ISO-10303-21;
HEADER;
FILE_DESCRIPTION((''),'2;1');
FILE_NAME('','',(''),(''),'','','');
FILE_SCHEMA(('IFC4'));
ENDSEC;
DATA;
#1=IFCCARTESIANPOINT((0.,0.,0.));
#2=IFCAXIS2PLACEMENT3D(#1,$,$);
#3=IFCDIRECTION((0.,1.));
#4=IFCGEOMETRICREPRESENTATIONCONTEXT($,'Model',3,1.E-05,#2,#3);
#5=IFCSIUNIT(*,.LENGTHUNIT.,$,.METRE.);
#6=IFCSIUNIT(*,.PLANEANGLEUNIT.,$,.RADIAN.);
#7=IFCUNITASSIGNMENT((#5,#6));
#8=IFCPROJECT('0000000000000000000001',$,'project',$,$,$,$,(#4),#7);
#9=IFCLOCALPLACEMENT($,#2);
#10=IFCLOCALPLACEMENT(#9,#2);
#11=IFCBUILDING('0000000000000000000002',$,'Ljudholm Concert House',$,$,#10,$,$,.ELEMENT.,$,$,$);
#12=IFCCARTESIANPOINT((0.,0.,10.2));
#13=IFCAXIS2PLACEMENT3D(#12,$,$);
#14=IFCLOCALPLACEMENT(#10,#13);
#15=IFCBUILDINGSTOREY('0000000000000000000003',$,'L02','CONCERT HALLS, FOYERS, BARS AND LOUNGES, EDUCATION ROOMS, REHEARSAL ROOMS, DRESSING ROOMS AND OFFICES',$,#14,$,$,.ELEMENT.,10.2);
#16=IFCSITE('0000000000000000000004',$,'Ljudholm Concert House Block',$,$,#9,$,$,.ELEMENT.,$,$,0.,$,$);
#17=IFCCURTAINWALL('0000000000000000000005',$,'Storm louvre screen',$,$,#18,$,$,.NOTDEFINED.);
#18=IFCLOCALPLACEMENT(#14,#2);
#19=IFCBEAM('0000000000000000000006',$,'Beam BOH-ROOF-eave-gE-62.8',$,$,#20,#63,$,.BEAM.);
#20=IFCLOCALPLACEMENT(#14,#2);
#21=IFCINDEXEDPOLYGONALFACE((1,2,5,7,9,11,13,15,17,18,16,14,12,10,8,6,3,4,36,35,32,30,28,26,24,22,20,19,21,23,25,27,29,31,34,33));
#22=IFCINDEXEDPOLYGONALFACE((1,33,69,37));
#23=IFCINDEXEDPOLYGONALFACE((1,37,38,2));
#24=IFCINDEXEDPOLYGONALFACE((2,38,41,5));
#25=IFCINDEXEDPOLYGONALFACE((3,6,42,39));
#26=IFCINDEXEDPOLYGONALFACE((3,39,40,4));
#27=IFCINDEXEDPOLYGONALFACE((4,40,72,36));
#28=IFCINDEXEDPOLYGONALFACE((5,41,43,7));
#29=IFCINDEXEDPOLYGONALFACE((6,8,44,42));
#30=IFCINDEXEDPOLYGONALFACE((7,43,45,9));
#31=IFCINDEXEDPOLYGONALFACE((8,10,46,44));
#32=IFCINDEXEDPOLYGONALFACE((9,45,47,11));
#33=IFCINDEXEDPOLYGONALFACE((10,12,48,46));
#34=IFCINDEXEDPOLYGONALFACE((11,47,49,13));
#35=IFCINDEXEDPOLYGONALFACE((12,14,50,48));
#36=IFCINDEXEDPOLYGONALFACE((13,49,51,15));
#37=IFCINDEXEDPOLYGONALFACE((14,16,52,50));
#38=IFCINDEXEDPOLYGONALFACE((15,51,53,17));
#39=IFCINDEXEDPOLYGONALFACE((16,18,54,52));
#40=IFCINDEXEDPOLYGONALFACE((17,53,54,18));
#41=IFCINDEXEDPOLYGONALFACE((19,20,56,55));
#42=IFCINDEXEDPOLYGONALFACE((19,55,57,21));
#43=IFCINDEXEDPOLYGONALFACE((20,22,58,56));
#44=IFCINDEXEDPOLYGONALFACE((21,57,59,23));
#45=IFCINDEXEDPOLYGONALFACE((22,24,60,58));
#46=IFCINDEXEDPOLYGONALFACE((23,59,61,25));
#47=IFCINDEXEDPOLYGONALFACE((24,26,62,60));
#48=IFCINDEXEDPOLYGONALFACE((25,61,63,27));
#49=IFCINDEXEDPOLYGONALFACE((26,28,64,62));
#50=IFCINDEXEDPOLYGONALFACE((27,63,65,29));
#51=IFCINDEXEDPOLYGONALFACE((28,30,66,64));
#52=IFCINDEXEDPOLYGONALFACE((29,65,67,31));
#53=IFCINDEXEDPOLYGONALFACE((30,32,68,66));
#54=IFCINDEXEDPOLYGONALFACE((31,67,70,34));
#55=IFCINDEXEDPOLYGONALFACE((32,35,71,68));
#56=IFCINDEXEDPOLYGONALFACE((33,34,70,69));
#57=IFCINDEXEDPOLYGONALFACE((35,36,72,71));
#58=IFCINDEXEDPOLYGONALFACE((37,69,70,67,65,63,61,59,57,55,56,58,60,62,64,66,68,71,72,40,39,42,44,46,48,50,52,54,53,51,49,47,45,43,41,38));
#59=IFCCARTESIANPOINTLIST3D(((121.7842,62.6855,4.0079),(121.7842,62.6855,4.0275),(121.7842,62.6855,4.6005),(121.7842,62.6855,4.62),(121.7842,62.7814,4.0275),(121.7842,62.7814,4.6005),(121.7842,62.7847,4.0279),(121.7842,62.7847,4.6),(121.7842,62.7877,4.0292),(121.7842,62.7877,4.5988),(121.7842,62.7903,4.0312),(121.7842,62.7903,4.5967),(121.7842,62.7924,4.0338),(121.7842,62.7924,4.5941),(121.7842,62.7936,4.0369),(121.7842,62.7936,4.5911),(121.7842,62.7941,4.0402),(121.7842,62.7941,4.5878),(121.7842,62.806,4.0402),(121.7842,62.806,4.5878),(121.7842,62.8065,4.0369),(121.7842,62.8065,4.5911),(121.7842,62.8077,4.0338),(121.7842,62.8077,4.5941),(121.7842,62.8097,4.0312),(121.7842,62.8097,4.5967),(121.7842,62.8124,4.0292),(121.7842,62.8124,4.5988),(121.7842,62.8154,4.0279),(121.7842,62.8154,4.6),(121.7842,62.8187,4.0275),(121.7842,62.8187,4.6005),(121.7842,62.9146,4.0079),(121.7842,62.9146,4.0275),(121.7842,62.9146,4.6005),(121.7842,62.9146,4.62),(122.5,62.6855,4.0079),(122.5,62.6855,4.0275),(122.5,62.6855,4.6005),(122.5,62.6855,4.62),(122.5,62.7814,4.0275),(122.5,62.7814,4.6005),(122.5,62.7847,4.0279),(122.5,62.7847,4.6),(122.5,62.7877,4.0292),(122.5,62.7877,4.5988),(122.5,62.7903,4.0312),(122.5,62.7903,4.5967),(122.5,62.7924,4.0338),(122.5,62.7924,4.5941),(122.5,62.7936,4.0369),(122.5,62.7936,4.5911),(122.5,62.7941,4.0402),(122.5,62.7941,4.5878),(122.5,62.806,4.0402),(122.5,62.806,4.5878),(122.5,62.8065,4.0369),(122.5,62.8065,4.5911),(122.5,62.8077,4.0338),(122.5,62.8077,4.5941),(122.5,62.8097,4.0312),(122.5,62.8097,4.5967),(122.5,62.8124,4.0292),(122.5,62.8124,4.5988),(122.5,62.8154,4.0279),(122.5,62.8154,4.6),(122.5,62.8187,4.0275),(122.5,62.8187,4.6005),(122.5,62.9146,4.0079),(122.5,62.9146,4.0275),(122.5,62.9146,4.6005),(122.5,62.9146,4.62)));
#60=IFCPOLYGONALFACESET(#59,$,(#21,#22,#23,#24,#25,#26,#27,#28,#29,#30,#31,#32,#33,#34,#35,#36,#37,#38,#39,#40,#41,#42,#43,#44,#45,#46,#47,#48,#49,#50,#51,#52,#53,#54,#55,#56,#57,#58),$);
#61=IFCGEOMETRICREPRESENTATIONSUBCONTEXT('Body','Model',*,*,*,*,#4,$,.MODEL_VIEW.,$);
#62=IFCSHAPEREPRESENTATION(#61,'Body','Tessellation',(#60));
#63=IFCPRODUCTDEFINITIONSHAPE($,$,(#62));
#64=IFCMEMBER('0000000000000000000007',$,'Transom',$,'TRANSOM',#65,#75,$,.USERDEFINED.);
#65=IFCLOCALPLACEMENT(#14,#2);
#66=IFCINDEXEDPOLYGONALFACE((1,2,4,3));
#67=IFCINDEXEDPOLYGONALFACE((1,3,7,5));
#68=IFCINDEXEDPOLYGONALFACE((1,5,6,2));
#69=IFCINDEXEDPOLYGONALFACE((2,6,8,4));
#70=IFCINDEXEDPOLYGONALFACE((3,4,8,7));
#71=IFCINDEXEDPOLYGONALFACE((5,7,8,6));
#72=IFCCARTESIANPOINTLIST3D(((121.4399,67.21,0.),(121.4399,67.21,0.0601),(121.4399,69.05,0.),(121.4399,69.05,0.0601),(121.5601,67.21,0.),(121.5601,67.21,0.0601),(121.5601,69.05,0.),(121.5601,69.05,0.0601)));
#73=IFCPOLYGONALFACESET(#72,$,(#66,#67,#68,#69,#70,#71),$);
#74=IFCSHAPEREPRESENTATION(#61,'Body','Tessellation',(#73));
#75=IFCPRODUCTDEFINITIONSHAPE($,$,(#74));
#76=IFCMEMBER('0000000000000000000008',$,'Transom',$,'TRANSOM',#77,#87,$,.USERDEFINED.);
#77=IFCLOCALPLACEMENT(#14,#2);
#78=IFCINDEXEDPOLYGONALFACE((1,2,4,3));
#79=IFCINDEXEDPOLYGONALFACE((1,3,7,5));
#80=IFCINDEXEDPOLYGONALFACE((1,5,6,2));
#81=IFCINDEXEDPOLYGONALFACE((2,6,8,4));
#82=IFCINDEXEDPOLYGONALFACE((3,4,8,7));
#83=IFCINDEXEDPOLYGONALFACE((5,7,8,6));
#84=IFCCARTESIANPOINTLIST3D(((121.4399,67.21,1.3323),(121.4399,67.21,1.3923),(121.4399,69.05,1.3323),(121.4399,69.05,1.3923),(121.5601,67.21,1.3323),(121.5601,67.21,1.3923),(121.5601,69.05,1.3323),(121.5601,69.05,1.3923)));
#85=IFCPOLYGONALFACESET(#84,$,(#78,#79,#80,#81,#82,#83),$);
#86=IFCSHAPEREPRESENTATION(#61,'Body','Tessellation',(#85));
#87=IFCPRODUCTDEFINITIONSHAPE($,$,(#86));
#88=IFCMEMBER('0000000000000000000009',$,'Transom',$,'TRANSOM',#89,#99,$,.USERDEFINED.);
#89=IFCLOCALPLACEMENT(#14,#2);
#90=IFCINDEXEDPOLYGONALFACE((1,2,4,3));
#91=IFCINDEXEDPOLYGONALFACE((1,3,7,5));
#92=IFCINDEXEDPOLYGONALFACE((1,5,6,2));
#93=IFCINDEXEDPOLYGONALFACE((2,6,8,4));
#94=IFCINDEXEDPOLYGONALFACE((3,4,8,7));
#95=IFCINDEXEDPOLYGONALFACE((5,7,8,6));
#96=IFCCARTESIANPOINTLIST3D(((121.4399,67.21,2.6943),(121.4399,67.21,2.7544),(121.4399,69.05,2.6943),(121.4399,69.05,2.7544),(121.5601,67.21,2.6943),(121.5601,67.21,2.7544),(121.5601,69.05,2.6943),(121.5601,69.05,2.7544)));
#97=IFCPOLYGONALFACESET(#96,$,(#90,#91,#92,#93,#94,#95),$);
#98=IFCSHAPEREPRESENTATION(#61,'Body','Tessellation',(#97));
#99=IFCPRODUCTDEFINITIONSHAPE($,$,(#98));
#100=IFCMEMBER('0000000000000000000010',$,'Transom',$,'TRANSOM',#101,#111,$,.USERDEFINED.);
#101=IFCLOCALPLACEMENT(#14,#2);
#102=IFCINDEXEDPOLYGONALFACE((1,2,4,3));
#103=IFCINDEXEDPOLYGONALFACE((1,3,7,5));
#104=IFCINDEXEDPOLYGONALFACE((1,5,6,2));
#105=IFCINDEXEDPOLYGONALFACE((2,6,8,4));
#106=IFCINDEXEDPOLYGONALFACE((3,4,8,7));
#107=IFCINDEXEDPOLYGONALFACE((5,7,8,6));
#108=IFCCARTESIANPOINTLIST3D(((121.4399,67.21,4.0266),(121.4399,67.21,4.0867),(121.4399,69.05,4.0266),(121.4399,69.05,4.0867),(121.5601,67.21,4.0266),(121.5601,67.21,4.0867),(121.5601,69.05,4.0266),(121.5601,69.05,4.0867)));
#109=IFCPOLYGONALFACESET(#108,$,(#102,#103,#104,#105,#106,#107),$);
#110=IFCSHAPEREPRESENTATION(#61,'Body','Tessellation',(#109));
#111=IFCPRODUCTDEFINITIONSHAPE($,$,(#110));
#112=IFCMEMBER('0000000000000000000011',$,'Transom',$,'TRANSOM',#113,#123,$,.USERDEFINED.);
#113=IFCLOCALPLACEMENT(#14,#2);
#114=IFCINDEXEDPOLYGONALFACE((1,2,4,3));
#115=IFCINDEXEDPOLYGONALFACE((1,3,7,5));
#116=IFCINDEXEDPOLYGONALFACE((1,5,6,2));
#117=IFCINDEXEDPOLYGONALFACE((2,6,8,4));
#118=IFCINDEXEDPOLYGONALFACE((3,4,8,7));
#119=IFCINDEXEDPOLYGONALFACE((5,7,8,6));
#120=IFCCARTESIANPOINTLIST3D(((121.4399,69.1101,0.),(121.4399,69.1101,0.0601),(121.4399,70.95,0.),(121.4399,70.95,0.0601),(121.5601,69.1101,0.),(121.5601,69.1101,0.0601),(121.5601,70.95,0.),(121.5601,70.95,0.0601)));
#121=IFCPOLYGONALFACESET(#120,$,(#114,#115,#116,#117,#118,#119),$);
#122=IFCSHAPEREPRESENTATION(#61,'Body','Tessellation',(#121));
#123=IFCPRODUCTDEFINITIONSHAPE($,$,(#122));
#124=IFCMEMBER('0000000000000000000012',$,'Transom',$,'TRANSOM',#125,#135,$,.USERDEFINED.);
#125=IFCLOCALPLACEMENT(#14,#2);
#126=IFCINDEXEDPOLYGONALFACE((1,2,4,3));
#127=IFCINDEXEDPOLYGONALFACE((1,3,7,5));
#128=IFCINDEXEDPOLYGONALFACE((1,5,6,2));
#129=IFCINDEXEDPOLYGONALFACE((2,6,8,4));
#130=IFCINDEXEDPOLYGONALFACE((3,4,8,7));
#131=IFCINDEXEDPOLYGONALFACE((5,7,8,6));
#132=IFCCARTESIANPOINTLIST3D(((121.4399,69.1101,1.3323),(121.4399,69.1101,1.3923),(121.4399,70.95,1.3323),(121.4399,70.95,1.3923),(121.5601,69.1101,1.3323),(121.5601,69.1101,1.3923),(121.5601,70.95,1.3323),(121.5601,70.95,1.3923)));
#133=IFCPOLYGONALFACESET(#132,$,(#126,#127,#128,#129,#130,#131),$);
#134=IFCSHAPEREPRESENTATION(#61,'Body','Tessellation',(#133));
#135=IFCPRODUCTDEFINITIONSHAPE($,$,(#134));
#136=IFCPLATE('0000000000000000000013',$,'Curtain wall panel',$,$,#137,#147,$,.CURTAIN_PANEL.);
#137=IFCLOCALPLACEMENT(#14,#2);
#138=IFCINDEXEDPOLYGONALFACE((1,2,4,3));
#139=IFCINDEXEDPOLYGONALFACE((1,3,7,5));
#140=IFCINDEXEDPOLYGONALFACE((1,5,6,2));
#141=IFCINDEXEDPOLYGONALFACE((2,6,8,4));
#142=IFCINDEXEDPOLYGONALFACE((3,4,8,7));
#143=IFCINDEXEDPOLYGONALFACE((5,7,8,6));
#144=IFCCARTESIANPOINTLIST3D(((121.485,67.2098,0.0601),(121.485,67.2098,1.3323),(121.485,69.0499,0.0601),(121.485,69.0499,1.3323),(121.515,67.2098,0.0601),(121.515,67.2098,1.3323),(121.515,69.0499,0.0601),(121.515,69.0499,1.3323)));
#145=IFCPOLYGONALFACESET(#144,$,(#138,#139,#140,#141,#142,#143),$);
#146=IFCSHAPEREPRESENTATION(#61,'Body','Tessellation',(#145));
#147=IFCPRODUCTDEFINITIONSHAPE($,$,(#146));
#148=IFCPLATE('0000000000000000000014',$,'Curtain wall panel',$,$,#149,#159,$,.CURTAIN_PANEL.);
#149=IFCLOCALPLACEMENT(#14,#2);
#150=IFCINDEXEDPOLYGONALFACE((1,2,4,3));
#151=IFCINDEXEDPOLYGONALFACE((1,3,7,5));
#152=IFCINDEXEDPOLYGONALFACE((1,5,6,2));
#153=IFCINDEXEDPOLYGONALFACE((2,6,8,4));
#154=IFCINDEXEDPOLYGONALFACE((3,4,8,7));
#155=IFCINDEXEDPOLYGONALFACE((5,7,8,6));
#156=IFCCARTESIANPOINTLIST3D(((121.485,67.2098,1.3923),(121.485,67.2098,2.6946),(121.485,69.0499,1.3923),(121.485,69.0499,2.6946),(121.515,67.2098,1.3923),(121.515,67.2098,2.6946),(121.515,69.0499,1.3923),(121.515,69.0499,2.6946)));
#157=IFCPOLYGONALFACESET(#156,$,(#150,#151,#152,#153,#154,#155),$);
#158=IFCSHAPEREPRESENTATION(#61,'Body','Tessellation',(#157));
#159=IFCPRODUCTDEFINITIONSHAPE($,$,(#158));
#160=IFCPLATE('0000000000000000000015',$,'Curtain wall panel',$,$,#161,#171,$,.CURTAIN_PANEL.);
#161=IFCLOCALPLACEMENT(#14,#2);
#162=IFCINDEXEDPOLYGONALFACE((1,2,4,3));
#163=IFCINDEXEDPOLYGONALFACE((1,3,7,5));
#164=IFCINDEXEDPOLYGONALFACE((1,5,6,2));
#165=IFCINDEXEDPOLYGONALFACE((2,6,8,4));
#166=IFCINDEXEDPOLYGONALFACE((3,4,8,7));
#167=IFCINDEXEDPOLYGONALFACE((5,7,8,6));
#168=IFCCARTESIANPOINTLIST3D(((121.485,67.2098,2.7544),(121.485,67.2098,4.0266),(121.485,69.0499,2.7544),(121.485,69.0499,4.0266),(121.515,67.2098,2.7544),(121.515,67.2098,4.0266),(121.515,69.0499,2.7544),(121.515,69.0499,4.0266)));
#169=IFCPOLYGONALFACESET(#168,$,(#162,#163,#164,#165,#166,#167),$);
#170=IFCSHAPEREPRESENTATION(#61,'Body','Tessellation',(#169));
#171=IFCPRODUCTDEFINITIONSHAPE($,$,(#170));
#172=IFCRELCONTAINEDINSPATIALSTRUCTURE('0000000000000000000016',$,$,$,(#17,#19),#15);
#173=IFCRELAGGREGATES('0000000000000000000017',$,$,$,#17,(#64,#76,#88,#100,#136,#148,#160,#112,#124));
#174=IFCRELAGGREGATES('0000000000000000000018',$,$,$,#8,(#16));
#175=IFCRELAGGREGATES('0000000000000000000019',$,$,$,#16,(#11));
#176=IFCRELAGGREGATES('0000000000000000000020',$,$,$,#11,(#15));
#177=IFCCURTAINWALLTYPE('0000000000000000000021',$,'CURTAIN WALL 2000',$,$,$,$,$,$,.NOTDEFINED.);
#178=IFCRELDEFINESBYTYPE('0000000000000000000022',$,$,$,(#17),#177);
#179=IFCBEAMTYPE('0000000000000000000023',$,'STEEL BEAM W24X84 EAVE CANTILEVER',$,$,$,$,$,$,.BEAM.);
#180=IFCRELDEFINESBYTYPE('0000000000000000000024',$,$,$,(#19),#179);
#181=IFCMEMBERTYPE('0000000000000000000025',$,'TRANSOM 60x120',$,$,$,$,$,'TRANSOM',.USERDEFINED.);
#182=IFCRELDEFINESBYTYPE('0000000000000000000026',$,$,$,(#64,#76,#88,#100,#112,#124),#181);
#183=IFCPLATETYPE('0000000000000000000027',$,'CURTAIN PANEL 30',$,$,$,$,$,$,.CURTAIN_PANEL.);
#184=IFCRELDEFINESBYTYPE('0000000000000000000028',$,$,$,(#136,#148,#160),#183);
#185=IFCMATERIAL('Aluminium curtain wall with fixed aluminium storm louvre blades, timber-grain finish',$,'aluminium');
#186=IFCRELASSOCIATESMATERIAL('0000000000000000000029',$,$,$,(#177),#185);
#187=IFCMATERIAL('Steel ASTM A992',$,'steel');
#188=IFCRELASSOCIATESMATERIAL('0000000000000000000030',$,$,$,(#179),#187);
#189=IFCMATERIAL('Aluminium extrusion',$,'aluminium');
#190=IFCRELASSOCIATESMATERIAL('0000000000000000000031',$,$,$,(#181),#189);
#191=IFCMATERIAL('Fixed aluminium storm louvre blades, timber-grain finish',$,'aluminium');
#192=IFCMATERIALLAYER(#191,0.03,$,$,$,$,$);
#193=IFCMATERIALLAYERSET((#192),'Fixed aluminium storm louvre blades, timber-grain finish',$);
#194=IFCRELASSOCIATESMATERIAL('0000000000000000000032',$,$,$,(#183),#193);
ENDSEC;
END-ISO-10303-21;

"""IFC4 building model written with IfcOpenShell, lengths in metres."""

from ifc_helpers import new_model, si_unit, direction, frame, origin, origin_2d, place, context, subcontext, project, spatial, rectangle, i_section, extrude, material, layer, layer_set, material_profile, profile_set, type_object, element, aggregate, save


model = new_model("IFC4")

# Units and contexts
model_context = context("Model", 3, precision=1e-05, world=origin(), true_north=direction((0.0, 1.0)))
body_context = subcontext(model_context, "Body", "Model", "MODEL_VIEW")
ifc_project = project(units=[si_unit("LENGTHUNIT", "METRE"), si_unit("PLANEANGLEUNIT", "RADIAN")], contexts=[model_context])

# Site, building, storey
site_placement = place(None, origin())
site = spatial("IfcSite", under=ifc_project, at=site_placement, Name="Ljudholm Concert House Block", CompositionType="ELEMENT", RefElevation=0.0)
building_placement = place(site_placement, origin())
building = spatial("IfcBuilding", under=site, at=building_placement, Name="Ljudholm Concert House", CompositionType="ELEMENT")
storey_placement = place(building_placement, frame((0.0, 0.0, 10.2)))
storey = spatial("IfcBuildingStorey", under=building, at=storey_placement, Name="L02", Description="CONCERT HALLS, FOYERS, BARS AND LOUNGES, EDUCATION ROOMS, REHEARSAL ROOMS, DRESSING ROOMS AND OFFICES", CompositionType="ELEMENT", Elevation=10.2)

# Curtain wall
ifc_material_1 = material(Name="Aluminium curtain wall with fixed aluminium storm louvre blades, timber-grain finish", Category="aluminium")
curtain_wall_type = type_object("IfcCurtainWallType", Name="CURTAIN WALL 2000", PredefinedType="NOTDEFINED", material=ifc_material_1)
curtain_wall_placement = place(storey_placement, origin())
curtain_wall = element("IfcCurtainWall", 1, at=curtain_wall_placement, inside=storey, type_object=curtain_wall_type, Name="Storm louvre screen", PredefinedType="NOTDEFINED")

# Beam
ifc_material_2 = material(Name="Steel ASTM A992", Category="steel")
ifc_material_profile_1 = material_profile(ifc_material_2, i_section(OverallWidth=0.229, OverallDepth=0.6121, WebThickness=0.012, FlangeThickness=0.0195, FilletRadius=0.0127, at=origin_2d()), Name="W24X84")
ifc_profile_set_1 = profile_set([ifc_material_profile_1], Name="Steel ASTM A992")
beam_type_1 = type_object("IfcBeamType", Name="STEEL BEAM W24X84 EAVE CANTILEVER", PredefinedType="BEAM", material=ifc_profile_set_1)
for number, where, z_axis, x_axis, name in (
    (2, (121.7842, 62.8, 4.314), (1.0, 0.0, 0.0), (0.0, 1.0, 0.0), "Beam BOH-ROOF-eave-gE-62.8"),
):
    element("IfcBeam", number, at=place(storey_placement, frame(where, z_axis=z_axis, x_axis=x_axis)), inside=storey, type_object=beam_type_1, Name=name, PredefinedType="BEAM", context=body_context, shape_type="SweptSolid", body=[
        extrude(i_section(OverallWidth=0.229, OverallDepth=0.6121, WebThickness=0.012, FlangeThickness=0.0195, FilletRadius=0.0127, at=origin_2d()), origin(), (0.0, 0.0, 1.0), 0.7158),
    ])

# Members
ifc_material_3 = material(Name="Aluminium extrusion", Category="aluminium")
ifc_material_profile_2 = material_profile(ifc_material_3, rectangle(XDim=0.1201, YDim=0.0601, at=origin_2d()), Name="TRANSOM 60x120")
ifc_profile_set_2 = profile_set([ifc_material_profile_2], Name="Aluminium extrusion")
member_type_1 = type_object("IfcMemberType", Name="TRANSOM 60x120", ElementType="TRANSOM", PredefinedType="USERDEFINED", material=ifc_profile_set_2)
member_1_placement = place(storey_placement, frame((121.5, 67.21, 0.03), z_axis=(0.0, 1.0, 0.0), x_axis=(-1.0, 0.0, 0.0)))
member_1 = element("IfcMember", 3, at=member_1_placement, type_object=member_type_1, Name="Transom", ObjectType="TRANSOM", PredefinedType="USERDEFINED", context=body_context, shape_type="SweptSolid", body=[
    extrude(rectangle(XDim=0.1201, YDim=0.0601, at=origin_2d()), origin(), (0.0, 0.0, 1.0), 1.8401),
])
member_2_placement = place(storey_placement, frame((121.5, 67.21, 1.3623), z_axis=(0.0, 1.0, 0.0), x_axis=(-1.0, 0.0, 0.0)))
member_2 = element("IfcMember", 4, at=member_2_placement, type_object=member_type_1, Name="Transom", ObjectType="TRANSOM", PredefinedType="USERDEFINED", context=body_context, shape_type="SweptSolid", body=[
    extrude(rectangle(XDim=0.1201, YDim=0.0601, at=origin_2d()), origin(), (0.0, 0.0, 1.0), 1.8401),
])
member_3_placement = place(storey_placement, frame((121.5, 67.21, 2.7244), z_axis=(0.0, 1.0, 0.0), x_axis=(-1.0, 0.0, 0.0)))
member_3 = element("IfcMember", 5, at=member_3_placement, type_object=member_type_1, Name="Transom", ObjectType="TRANSOM", PredefinedType="USERDEFINED", context=body_context, shape_type="SweptSolid", body=[
    extrude(rectangle(XDim=0.1201, YDim=0.0601, at=origin_2d()), origin(), (0.0, 0.0, 1.0), 1.8401),
])
member_4_placement = place(storey_placement, frame((121.5, 67.21, 4.0566), z_axis=(0.0, 1.0, 0.0), x_axis=(-1.0, 0.0, 0.0)))
member_4 = element("IfcMember", 6, at=member_4_placement, type_object=member_type_1, Name="Transom", ObjectType="TRANSOM", PredefinedType="USERDEFINED", context=body_context, shape_type="SweptSolid", body=[
    extrude(rectangle(XDim=0.1201, YDim=0.0601, at=origin_2d()), origin(), (0.0, 0.0, 1.0), 1.8401),
])
member_5_placement = place(storey_placement, frame((121.5, 69.1101, 0.03), z_axis=(0.0, 1.0, 0.0), x_axis=(-1.0, 0.0, 0.0)))
member_5 = element("IfcMember", 7, at=member_5_placement, type_object=member_type_1, Name="Transom", ObjectType="TRANSOM", PredefinedType="USERDEFINED", context=body_context, shape_type="SweptSolid", body=[
    extrude(rectangle(XDim=0.1201, YDim=0.0601, at=origin_2d()), origin(), (0.0, 0.0, 1.0), 1.8398),
])
member_6_placement = place(storey_placement, frame((121.5, 69.1101, 1.3623), z_axis=(0.0, 1.0, 0.0), x_axis=(-1.0, 0.0, 0.0)))
member_6 = element("IfcMember", 8, at=member_6_placement, type_object=member_type_1, Name="Transom", ObjectType="TRANSOM", PredefinedType="USERDEFINED", context=body_context, shape_type="SweptSolid", body=[
    extrude(rectangle(XDim=0.1201, YDim=0.0601, at=origin_2d()), origin(), (0.0, 0.0, 1.0), 1.8398),
])

# Plates
ifc_material_4 = material(Name="Fixed aluminium storm louvre blades, timber-grain finish", Category="aluminium")
ifc_layer_1 = layer(ifc_material_4, 0.03)
ifc_layer_set_1 = layer_set([ifc_layer_1], Name="Fixed aluminium storm louvre blades, timber-grain finish")
plate_type = type_object("IfcPlateType", Name="CURTAIN PANEL 30", PredefinedType="CURTAIN_PANEL", material=ifc_layer_set_1)
plate_1_placement = place(storey_placement, frame((121.5, 68.1299, 0.0601), z_axis=(0.0, 0.0, 1.0), x_axis=(0.0, 1.0, 0.0)))
plate_1 = element("IfcPlate", 9, at=plate_1_placement, type_object=plate_type, Name="Curtain wall panel", PredefinedType="CURTAIN_PANEL", context=body_context, shape_type="SweptSolid", body=[
    extrude(rectangle(XDim=1.8401, YDim=0.03, at=origin_2d()), origin(), (0.0, 0.0, 1.0), 1.2722),
])
plate_2_placement = place(storey_placement, frame((121.5, 68.1299, 1.3923), z_axis=(0.0, 0.0, 1.0), x_axis=(0.0, 1.0, 0.0)))
plate_2 = element("IfcPlate", 10, at=plate_2_placement, type_object=plate_type, Name="Curtain wall panel", PredefinedType="CURTAIN_PANEL", context=body_context, shape_type="SweptSolid", body=[
    extrude(rectangle(XDim=1.8401, YDim=0.03, at=origin_2d()), origin(), (0.0, 0.0, 1.0), 1.3022),
])
plate_3_placement = place(storey_placement, frame((121.5, 68.1299, 2.7544), z_axis=(0.0, 0.0, 1.0), x_axis=(0.0, 1.0, 0.0)))
plate_3 = element("IfcPlate", 11, at=plate_3_placement, type_object=plate_type, Name="Curtain wall panel", PredefinedType="CURTAIN_PANEL", context=body_context, shape_type="SweptSolid", body=[
    extrude(rectangle(XDim=1.8401, YDim=0.03, at=origin_2d()), origin(), (0.0, 0.0, 1.0), 1.2722),
])
aggregate(curtain_wall, [member_1, member_2, member_3, member_4, plate_1, plate_2, plate_3, member_5, member_6])

save(model, "model.ifc")
